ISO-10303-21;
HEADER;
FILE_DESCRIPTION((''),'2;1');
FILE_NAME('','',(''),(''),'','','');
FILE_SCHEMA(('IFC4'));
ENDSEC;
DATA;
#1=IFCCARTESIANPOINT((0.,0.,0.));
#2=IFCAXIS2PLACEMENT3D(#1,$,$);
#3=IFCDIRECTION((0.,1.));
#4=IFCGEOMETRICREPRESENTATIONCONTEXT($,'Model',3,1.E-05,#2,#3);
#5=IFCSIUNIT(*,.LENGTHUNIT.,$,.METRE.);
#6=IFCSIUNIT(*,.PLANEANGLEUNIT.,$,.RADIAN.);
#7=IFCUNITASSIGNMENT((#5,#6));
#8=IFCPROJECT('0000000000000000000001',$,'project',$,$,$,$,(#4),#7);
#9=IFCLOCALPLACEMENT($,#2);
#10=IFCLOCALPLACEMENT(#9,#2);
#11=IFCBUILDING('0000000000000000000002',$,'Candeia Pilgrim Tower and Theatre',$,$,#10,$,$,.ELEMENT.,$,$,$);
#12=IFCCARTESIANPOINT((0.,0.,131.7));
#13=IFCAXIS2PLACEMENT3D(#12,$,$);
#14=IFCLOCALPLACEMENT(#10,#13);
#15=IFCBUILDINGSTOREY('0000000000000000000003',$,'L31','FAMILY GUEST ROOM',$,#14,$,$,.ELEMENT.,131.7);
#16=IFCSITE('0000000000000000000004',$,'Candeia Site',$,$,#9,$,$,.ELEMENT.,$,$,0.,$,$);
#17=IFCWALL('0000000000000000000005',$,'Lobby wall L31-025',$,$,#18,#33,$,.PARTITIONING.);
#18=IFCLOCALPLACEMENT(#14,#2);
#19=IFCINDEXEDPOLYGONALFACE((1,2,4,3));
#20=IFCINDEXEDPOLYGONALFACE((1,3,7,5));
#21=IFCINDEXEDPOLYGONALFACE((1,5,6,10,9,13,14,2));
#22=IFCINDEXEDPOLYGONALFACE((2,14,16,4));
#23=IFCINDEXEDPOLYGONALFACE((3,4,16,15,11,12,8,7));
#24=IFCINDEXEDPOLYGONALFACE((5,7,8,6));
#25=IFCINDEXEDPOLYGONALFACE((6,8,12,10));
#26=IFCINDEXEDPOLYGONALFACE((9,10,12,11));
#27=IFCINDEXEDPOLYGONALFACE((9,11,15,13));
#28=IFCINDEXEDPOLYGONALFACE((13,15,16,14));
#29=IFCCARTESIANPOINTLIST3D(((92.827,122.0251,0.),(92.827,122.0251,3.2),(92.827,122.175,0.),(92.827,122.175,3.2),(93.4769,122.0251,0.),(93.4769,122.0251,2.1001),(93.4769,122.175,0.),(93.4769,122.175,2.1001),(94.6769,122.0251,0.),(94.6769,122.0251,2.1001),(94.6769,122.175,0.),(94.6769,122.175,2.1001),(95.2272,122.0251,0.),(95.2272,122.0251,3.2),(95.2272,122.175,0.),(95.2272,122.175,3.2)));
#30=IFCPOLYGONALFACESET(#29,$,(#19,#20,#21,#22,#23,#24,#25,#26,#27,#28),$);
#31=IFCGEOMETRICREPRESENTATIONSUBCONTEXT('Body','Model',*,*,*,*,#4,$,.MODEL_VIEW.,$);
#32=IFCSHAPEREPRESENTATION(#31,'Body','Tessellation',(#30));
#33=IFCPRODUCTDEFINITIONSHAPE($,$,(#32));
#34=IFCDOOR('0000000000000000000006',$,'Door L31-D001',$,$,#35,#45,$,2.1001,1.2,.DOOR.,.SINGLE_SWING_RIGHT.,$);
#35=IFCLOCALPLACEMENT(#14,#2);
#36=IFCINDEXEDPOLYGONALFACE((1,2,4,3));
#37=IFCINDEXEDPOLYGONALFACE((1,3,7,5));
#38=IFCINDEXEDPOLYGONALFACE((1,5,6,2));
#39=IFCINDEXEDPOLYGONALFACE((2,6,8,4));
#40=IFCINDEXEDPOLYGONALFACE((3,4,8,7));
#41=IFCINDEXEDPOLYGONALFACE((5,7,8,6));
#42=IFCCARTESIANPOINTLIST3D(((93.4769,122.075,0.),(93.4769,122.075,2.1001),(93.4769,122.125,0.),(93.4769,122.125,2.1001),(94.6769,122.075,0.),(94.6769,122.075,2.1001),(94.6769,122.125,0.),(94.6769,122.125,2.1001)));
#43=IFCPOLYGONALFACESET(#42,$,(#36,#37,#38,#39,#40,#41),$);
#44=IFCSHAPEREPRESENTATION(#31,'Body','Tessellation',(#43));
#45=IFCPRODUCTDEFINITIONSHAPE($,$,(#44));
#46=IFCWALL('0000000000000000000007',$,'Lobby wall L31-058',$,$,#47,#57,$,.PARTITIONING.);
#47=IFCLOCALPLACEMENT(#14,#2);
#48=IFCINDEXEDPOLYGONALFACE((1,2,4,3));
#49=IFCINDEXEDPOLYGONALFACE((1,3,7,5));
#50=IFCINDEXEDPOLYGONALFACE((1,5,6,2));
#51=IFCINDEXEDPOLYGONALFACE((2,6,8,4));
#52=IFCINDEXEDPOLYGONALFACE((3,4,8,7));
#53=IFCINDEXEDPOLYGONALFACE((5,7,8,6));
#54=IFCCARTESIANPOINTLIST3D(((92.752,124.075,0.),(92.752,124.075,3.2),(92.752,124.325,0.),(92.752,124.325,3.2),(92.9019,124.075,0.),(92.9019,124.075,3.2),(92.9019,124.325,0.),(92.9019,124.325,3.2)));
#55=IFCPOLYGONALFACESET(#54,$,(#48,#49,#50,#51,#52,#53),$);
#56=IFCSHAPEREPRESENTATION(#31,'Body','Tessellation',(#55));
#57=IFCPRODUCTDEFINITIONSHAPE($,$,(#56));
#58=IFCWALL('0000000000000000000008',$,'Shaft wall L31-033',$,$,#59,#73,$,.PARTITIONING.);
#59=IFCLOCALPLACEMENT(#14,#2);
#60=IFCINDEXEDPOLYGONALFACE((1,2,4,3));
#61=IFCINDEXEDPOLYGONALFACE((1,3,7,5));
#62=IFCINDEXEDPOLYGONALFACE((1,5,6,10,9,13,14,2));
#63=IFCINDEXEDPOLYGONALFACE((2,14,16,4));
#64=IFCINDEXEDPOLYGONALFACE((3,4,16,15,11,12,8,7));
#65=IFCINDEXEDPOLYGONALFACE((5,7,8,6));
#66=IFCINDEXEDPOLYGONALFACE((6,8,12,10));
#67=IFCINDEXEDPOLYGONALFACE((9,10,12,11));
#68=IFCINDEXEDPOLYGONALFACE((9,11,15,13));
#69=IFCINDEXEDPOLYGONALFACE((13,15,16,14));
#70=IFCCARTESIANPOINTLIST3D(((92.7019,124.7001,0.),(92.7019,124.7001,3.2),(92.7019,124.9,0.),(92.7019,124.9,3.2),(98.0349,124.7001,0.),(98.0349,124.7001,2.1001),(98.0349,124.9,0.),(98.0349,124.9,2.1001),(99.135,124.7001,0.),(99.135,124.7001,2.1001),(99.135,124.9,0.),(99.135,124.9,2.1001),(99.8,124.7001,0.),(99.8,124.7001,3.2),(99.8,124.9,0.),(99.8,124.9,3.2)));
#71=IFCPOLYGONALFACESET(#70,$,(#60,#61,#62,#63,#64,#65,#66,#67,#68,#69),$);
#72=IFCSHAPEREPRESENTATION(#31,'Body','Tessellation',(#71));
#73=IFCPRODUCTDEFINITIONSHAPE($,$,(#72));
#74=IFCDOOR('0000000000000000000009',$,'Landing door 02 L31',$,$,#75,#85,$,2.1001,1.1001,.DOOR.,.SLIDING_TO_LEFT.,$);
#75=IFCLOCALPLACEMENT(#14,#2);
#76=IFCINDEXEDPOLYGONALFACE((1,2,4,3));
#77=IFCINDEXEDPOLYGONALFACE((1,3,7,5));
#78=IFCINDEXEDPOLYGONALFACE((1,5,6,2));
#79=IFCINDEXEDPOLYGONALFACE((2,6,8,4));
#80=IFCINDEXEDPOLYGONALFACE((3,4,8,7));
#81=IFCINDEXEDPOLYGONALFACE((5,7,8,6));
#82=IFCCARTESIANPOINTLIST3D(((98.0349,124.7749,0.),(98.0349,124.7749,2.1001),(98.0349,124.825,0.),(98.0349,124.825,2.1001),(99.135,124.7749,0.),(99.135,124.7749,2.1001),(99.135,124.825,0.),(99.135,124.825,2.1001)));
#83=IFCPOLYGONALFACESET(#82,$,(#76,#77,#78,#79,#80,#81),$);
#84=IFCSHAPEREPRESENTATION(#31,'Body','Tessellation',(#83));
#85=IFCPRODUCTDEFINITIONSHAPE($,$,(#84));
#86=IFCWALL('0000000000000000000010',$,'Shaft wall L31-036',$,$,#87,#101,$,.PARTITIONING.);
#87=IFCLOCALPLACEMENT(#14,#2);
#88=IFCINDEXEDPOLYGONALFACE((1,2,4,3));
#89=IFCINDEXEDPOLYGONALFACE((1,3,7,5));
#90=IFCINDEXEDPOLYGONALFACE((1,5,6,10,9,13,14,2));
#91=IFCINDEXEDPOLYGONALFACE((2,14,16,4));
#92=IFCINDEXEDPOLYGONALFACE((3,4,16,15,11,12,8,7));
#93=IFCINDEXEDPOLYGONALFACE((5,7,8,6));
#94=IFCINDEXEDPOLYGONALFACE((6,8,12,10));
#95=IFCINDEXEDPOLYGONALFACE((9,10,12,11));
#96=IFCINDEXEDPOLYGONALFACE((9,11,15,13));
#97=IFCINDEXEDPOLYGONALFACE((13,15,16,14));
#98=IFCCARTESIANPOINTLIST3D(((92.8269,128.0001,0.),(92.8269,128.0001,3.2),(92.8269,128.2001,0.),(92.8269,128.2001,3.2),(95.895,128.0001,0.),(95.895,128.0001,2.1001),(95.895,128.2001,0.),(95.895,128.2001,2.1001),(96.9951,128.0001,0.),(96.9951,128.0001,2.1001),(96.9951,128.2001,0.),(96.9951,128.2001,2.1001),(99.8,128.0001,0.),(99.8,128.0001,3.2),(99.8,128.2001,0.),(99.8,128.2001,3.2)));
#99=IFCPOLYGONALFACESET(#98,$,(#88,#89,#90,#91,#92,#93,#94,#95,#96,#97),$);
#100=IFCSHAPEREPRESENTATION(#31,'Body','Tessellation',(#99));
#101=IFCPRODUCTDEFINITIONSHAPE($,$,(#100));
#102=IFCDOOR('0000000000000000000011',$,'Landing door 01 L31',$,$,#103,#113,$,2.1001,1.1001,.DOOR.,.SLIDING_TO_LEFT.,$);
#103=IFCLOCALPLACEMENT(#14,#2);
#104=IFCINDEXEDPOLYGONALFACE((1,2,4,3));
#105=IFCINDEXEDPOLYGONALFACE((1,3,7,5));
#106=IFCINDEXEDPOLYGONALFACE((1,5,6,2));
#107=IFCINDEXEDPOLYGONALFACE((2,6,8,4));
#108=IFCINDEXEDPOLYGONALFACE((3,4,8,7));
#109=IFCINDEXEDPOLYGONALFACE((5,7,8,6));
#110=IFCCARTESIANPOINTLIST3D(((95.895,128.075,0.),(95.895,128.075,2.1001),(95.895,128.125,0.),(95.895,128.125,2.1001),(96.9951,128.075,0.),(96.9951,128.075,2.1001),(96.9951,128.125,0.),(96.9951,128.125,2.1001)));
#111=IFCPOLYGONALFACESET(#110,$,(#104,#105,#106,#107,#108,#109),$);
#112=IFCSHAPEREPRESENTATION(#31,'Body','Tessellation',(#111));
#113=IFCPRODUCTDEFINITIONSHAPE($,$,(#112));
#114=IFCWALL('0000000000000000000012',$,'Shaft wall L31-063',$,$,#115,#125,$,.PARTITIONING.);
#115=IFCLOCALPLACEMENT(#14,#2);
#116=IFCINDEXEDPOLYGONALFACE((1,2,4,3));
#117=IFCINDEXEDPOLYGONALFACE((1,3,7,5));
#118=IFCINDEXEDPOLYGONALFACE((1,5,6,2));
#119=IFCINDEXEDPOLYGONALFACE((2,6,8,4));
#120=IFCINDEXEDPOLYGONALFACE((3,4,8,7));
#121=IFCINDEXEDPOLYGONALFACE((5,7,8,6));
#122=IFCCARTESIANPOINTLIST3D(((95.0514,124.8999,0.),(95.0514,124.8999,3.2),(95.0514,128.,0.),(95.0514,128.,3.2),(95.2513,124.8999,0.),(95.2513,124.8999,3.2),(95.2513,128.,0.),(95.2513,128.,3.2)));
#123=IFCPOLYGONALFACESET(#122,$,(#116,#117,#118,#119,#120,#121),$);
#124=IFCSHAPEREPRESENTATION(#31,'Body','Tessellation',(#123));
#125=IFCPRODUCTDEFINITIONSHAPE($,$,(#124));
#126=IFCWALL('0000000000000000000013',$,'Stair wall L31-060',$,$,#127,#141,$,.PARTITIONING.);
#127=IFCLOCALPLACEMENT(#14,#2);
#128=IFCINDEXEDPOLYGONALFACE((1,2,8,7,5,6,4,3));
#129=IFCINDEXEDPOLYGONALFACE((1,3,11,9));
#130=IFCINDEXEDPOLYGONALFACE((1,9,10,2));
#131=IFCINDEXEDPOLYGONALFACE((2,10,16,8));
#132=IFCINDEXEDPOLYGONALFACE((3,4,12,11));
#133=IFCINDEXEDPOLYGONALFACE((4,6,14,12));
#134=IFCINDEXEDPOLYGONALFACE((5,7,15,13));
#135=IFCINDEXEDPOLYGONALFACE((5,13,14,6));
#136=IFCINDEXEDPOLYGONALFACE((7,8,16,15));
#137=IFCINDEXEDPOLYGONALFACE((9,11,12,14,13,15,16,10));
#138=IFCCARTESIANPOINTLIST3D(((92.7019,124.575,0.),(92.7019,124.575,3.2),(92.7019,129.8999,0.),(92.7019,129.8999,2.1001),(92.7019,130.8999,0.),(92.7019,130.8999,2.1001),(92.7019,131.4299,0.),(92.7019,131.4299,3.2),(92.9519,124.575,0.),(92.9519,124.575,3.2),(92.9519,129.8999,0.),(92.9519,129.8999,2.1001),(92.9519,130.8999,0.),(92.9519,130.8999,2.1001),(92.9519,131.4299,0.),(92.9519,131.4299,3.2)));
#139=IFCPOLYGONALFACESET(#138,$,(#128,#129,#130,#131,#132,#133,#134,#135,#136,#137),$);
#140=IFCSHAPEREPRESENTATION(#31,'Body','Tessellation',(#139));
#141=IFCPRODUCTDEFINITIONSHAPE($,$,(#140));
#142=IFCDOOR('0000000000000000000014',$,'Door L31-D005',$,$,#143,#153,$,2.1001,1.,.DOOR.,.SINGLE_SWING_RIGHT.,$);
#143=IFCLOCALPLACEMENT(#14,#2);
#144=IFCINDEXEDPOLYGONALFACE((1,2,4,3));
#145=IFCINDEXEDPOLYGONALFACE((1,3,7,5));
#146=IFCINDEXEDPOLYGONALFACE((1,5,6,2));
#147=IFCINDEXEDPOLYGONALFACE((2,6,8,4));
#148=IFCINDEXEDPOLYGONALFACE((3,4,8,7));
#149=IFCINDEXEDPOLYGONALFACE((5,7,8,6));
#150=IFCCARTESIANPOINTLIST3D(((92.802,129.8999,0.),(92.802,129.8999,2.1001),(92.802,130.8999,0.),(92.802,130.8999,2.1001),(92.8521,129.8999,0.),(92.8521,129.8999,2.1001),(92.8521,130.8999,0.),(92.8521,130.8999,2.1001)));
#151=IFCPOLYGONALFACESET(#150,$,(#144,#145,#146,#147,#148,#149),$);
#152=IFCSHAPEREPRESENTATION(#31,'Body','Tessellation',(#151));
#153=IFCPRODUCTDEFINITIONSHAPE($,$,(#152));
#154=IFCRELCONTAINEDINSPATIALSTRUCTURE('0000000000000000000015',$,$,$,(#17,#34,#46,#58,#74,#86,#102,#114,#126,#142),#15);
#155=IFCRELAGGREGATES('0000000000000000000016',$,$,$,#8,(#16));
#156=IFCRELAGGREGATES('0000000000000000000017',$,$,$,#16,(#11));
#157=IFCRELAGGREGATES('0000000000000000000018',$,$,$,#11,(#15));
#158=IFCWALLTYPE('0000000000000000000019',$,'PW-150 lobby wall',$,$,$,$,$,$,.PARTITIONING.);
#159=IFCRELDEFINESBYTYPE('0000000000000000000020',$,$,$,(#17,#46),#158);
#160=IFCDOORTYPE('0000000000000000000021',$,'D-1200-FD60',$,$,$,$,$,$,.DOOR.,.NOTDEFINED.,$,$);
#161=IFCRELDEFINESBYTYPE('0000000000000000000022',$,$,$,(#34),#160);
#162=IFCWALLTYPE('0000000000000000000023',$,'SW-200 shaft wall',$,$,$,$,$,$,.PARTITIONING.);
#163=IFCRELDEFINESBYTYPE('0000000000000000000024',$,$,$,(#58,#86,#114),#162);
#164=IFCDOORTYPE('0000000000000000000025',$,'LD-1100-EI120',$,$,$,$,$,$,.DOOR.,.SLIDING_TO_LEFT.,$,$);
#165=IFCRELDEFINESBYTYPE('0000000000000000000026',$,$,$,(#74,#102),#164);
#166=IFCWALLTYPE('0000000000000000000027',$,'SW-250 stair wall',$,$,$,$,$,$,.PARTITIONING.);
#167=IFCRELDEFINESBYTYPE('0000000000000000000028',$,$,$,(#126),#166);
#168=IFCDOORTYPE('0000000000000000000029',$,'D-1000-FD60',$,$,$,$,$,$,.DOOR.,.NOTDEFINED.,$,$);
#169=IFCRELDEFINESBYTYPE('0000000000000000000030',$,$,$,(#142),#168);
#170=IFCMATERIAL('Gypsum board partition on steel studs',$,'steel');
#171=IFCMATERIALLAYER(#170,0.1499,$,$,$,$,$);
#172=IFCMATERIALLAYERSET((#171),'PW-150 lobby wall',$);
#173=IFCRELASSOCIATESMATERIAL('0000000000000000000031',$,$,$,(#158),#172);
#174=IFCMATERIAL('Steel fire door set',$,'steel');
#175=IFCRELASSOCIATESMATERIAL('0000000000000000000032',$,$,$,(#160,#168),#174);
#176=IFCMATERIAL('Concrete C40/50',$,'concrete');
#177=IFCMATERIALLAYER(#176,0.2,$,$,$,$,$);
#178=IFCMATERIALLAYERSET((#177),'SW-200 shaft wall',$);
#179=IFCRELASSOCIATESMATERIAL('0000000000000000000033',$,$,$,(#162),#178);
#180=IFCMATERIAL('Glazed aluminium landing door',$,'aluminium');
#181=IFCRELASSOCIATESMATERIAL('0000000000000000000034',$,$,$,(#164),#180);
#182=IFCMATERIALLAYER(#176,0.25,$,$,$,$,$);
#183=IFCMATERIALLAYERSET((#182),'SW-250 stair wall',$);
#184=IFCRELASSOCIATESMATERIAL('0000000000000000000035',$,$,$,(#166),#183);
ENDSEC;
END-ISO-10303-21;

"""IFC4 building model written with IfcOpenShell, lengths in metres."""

from ifc_helpers import new_model, si_unit, direction, frame, frame_2d, origin, place, context, subcontext, project, spatial, rectangle, extrude, material, layer, layer_set, type_object, element, fill, save


model = new_model("IFC4")

# Units and contexts
model_context = context("Model", 3, precision=1e-05, world=origin(), true_north=direction((0.0, 1.0)))
body_context = subcontext(model_context, "Body", "Model", "MODEL_VIEW")
ifc_project = project(units=[si_unit("LENGTHUNIT", "METRE"), si_unit("PLANEANGLEUNIT", "RADIAN")], contexts=[model_context])

# Site, building, storey
site_placement = place(None, origin())
site = spatial("IfcSite", under=ifc_project, at=site_placement, Name="Candeia Site", CompositionType="ELEMENT", RefElevation=0.0)
building_placement = place(site_placement, origin())
building = spatial("IfcBuilding", under=site, at=building_placement, Name="Candeia Pilgrim Tower and Theatre", CompositionType="ELEMENT")
storey_placement = place(building_placement, frame((0.0, 0.0, 131.7)))
storey = spatial("IfcBuildingStorey", under=building, at=storey_placement, Name="L31", Description="FAMILY GUEST ROOM", CompositionType="ELEMENT", Elevation=131.7)

# Wall, opening, door
ifc_material_1 = material(Name="Gypsum board partition on steel studs", Category="steel")
ifc_layer_1 = layer(ifc_material_1, 0.1499)
ifc_layer_set_1 = layer_set([ifc_layer_1], Name="PW-150 lobby wall")
wall_type_1 = type_object("IfcWallType", Name="PW-150 lobby wall", PredefinedType="PARTITIONING", material=ifc_layer_set_1)
wall_1_placement = place(storey_placement, frame((92.8269, 122.1001, 0.0), z_axis=(0.0, 0.0, 1.0), x_axis=(1.0, 0.0, 0.0)))
wall_1 = element("IfcWall", 1, at=wall_1_placement, inside=storey, type_object=wall_type_1, Name="Lobby wall L31-025", PredefinedType="PARTITIONING", context=body_context, shape_type="SweptSolid", body=[
    extrude(rectangle(XDim=2.4001, YDim=0.1499, at=frame_2d((1.2002, 0.0))), origin(), (0.0, 0.0, 1.0), 3.2),
])
opening_1_placement = place(wall_1_placement, frame((0.6499, 0.0, 0.0)))
opening_1 = element("IfcOpeningElement", 2, at=opening_1_placement, cuts=wall_1, PredefinedType="OPENING", context=body_context, shape_type="SweptSolid", body=[
    extrude(rectangle(XDim=1.2, YDim=2.1001, at=frame_2d((0.6001, 1.05))), frame((0.0, 0.085, 0.0), z_axis=(0.0, -1.0, 0.0), x_axis=(1.0, 0.0, 0.0)), (0.0, 0.0, 1.0), 0.1699),
])
ifc_material_2 = material(Name="Steel fire door set", Category="steel")
door_type_1 = type_object("IfcDoorType", Name="D-1200-FD60", OperationType="NOTDEFINED", PredefinedType="DOOR", material=ifc_material_2)
door_1_placement = place(opening_1_placement, origin())
door_1 = element("IfcDoor", 3, at=door_1_placement, inside=storey, type_object=door_type_1, Name="Door L31-D001", OperationType="SINGLE_SWING_RIGHT", OverallHeight=2.1001, OverallWidth=1.2, PredefinedType="DOOR", context=body_context, shape_type="SweptSolid", body=[
    extrude(rectangle(XDim=1.2, YDim=2.1001, at=frame_2d((0.6001, 1.05))), frame((0.0, 0.0249, 0.0), z_axis=(0.0, -1.0, 0.0), x_axis=(1.0, 0.0, 0.0)), (0.0, 0.0, 1.0), 0.05),
])
fill(opening_1, door_1)

# Wall
wall_2_placement = place(storey_placement, frame((92.8269, 124.075, 0.0), z_axis=(0.0, 0.0, 1.0), x_axis=(0.0, 1.0, 0.0)))
element("IfcWall", 4, at=wall_2_placement, inside=storey, type_object=wall_type_1, Name="Lobby wall L31-058", PredefinedType="PARTITIONING", context=body_context, shape_type="SweptSolid", body=[
    extrude(rectangle(XDim=0.25, YDim=0.1499, at=frame_2d((0.125, 0.0))), origin(), (0.0, 0.0, 1.0), 3.2),
])

# Walls, openings, doors
ifc_material_3 = material(Name="Concrete C40/50", Category="concrete")
ifc_layer_2 = layer(ifc_material_3, 0.2)
ifc_layer_set_2 = layer_set([ifc_layer_2], Name="SW-200 shaft wall")
wall_type_2 = type_object("IfcWallType", Name="SW-200 shaft wall", PredefinedType="PARTITIONING", material=ifc_layer_set_2)
wall_3_placement = place(storey_placement, frame((92.7019, 124.8, 0.0), z_axis=(0.0, 0.0, 1.0), x_axis=(1.0, 0.0, 0.0)))
wall_3 = element("IfcWall", 5, at=wall_3_placement, inside=storey, type_object=wall_type_2, Name="Shaft wall L31-033", PredefinedType="PARTITIONING", context=body_context, shape_type="SweptSolid", body=[
    extrude(rectangle(XDim=7.0981, YDim=0.2, at=frame_2d((3.5491, 0.0))), origin(), (0.0, 0.0, 1.0), 3.2),
])
opening_2_placement = place(wall_3_placement, frame((5.333, 0.0, 0.0)))
opening_2 = element("IfcOpeningElement", 6, at=opening_2_placement, cuts=wall_3, PredefinedType="OPENING", context=body_context, shape_type="SweptSolid", body=[
    extrude(rectangle(XDim=1.1001, YDim=2.1001, at=frame_2d((0.55, 1.05))), frame((0.0, 0.1099, 0.0), z_axis=(0.0, -1.0, 0.0), x_axis=(1.0, 0.0, 0.0)), (0.0, 0.0, 1.0), 0.22),
])
ifc_material_4 = material(Name="Glazed aluminium landing door", Category="aluminium")
door_type_2 = type_object("IfcDoorType", Name="LD-1100-EI120", OperationType="SLIDING_TO_LEFT", PredefinedType="DOOR", material=ifc_material_4)
door_2_placement = place(opening_2_placement, origin())
door_2 = element("IfcDoor", 7, at=door_2_placement, inside=storey, type_object=door_type_2, Name="Landing door 02 L31", OperationType="SLIDING_TO_LEFT", OverallHeight=2.1001, OverallWidth=1.1001, PredefinedType="DOOR", context=body_context, shape_type="SweptSolid", body=[
    extrude(rectangle(XDim=1.1001, YDim=2.1001, at=frame_2d((0.55, 1.05))), frame((0.0, 0.0249, 0.0), z_axis=(0.0, -1.0, 0.0), x_axis=(1.0, 0.0, 0.0)), (0.0, 0.0, 1.0), 0.05),
])
fill(opening_2, door_2)
wall_4_placement = place(storey_placement, frame((92.8269, 128.1001, 0.0), z_axis=(0.0, 0.0, 1.0), x_axis=(1.0, 0.0, 0.0)))
wall_4 = element("IfcWall", 8, at=wall_4_placement, inside=storey, type_object=wall_type_2, Name="Shaft wall L31-036", PredefinedType="PARTITIONING", context=body_context, shape_type="SweptSolid", body=[
    extrude(rectangle(XDim=6.9731, YDim=0.2, at=frame_2d((3.4866, 0.0))), origin(), (0.0, 0.0, 1.0), 3.2),
])
opening_3_placement = place(wall_4_placement, frame((3.0681, 0.0, 0.0)))
opening_3 = element("IfcOpeningElement", 9, at=opening_3_placement, cuts=wall_4, PredefinedType="OPENING", context=body_context, shape_type="SweptSolid", body=[
    extrude(rectangle(XDim=1.1001, YDim=2.1001, at=frame_2d((0.55, 1.05))), frame((0.0, 0.1099, 0.0), z_axis=(0.0, -1.0, 0.0), x_axis=(1.0, 0.0, 0.0)), (0.0, 0.0, 1.0), 0.22),
])
door_3_placement = place(opening_3_placement, origin())
door_3 = element("IfcDoor", 10, at=door_3_placement, inside=storey, type_object=door_type_2, Name="Landing door 01 L31", OperationType="SLIDING_TO_LEFT", OverallHeight=2.1001, OverallWidth=1.1001, PredefinedType="DOOR", context=body_context, shape_type="SweptSolid", body=[
    extrude(rectangle(XDim=1.1001, YDim=2.1001, at=frame_2d((0.55, 1.05))), frame((0.0, 0.0249, 0.0), z_axis=(0.0, -1.0, 0.0), x_axis=(1.0, 0.0, 0.0)), (0.0, 0.0, 1.0), 0.05),
])
fill(opening_3, door_3)

# Wall
wall_5_placement = place(storey_placement, frame((95.1514, 124.8999, 0.0), z_axis=(0.0, 0.0, 1.0), x_axis=(0.0, 1.0, 0.0)))
element("IfcWall", 11, at=wall_5_placement, inside=storey, type_object=wall_type_2, Name="Shaft wall L31-063", PredefinedType="PARTITIONING", context=body_context, shape_type="SweptSolid", body=[
    extrude(rectangle(XDim=3.1001, YDim=0.2, at=frame_2d((1.55, 0.0))), origin(), (0.0, 0.0, 1.0), 3.2),
])

# Wall, opening, door
ifc_layer_3 = layer(ifc_material_3, 0.25)
ifc_layer_set_3 = layer_set([ifc_layer_3], Name="SW-250 stair wall")
wall_type_3 = type_object("IfcWallType", Name="SW-250 stair wall", PredefinedType="PARTITIONING", material=ifc_layer_set_3)
wall_6_placement = place(storey_placement, frame((92.8269, 124.575, 0.0), z_axis=(0.0, 0.0, 1.0), x_axis=(0.0, 1.0, 0.0)))
wall_6 = element("IfcWall", 12, at=wall_6_placement, inside=storey, type_object=wall_type_3, Name="Stair wall L31-060", PredefinedType="PARTITIONING", context=body_context, shape_type="SweptSolid", body=[
    extrude(rectangle(XDim=6.855, YDim=0.25, at=frame_2d((3.4275, 0.0))), origin(), (0.0, 0.0, 1.0), 3.2),
])
opening_4_placement = place(wall_6_placement, frame((5.325, 0.0, 0.0)))
opening_4 = element("IfcOpeningElement", 13, at=opening_4_placement, cuts=wall_6, PredefinedType="OPENING", context=body_context, shape_type="SweptSolid", body=[
    extrude(rectangle(XDim=1.0, YDim=2.1001, at=frame_2d((0.5, 1.05))), frame((0.0, 0.135, 0.0), z_axis=(0.0, -1.0, 0.0), x_axis=(1.0, 0.0, 0.0)), (0.0, 0.0, 1.0), 0.27),
])
door_type_3 = type_object("IfcDoorType", Name="D-1000-FD60", OperationType="NOTDEFINED", PredefinedType="DOOR", material=ifc_material_2)
door_4_placement = place(opening_4_placement, origin())
door_4 = element("IfcDoor", 14, at=door_4_placement, inside=storey, type_object=door_type_3, Name="Door L31-D005", OperationType="SINGLE_SWING_RIGHT", OverallHeight=2.1001, OverallWidth=1.0, PredefinedType="DOOR", context=body_context, shape_type="SweptSolid", body=[
    extrude(rectangle(XDim=1.0, YDim=2.1001, at=frame_2d((0.5, 1.05))), frame((0.0, 0.0249, 0.0), z_axis=(0.0, -1.0, 0.0), x_axis=(1.0, 0.0, 0.0)), (0.0, 0.0, 1.0), 0.05),
])
fill(opening_4, door_4)

save(model, "model.ifc")
